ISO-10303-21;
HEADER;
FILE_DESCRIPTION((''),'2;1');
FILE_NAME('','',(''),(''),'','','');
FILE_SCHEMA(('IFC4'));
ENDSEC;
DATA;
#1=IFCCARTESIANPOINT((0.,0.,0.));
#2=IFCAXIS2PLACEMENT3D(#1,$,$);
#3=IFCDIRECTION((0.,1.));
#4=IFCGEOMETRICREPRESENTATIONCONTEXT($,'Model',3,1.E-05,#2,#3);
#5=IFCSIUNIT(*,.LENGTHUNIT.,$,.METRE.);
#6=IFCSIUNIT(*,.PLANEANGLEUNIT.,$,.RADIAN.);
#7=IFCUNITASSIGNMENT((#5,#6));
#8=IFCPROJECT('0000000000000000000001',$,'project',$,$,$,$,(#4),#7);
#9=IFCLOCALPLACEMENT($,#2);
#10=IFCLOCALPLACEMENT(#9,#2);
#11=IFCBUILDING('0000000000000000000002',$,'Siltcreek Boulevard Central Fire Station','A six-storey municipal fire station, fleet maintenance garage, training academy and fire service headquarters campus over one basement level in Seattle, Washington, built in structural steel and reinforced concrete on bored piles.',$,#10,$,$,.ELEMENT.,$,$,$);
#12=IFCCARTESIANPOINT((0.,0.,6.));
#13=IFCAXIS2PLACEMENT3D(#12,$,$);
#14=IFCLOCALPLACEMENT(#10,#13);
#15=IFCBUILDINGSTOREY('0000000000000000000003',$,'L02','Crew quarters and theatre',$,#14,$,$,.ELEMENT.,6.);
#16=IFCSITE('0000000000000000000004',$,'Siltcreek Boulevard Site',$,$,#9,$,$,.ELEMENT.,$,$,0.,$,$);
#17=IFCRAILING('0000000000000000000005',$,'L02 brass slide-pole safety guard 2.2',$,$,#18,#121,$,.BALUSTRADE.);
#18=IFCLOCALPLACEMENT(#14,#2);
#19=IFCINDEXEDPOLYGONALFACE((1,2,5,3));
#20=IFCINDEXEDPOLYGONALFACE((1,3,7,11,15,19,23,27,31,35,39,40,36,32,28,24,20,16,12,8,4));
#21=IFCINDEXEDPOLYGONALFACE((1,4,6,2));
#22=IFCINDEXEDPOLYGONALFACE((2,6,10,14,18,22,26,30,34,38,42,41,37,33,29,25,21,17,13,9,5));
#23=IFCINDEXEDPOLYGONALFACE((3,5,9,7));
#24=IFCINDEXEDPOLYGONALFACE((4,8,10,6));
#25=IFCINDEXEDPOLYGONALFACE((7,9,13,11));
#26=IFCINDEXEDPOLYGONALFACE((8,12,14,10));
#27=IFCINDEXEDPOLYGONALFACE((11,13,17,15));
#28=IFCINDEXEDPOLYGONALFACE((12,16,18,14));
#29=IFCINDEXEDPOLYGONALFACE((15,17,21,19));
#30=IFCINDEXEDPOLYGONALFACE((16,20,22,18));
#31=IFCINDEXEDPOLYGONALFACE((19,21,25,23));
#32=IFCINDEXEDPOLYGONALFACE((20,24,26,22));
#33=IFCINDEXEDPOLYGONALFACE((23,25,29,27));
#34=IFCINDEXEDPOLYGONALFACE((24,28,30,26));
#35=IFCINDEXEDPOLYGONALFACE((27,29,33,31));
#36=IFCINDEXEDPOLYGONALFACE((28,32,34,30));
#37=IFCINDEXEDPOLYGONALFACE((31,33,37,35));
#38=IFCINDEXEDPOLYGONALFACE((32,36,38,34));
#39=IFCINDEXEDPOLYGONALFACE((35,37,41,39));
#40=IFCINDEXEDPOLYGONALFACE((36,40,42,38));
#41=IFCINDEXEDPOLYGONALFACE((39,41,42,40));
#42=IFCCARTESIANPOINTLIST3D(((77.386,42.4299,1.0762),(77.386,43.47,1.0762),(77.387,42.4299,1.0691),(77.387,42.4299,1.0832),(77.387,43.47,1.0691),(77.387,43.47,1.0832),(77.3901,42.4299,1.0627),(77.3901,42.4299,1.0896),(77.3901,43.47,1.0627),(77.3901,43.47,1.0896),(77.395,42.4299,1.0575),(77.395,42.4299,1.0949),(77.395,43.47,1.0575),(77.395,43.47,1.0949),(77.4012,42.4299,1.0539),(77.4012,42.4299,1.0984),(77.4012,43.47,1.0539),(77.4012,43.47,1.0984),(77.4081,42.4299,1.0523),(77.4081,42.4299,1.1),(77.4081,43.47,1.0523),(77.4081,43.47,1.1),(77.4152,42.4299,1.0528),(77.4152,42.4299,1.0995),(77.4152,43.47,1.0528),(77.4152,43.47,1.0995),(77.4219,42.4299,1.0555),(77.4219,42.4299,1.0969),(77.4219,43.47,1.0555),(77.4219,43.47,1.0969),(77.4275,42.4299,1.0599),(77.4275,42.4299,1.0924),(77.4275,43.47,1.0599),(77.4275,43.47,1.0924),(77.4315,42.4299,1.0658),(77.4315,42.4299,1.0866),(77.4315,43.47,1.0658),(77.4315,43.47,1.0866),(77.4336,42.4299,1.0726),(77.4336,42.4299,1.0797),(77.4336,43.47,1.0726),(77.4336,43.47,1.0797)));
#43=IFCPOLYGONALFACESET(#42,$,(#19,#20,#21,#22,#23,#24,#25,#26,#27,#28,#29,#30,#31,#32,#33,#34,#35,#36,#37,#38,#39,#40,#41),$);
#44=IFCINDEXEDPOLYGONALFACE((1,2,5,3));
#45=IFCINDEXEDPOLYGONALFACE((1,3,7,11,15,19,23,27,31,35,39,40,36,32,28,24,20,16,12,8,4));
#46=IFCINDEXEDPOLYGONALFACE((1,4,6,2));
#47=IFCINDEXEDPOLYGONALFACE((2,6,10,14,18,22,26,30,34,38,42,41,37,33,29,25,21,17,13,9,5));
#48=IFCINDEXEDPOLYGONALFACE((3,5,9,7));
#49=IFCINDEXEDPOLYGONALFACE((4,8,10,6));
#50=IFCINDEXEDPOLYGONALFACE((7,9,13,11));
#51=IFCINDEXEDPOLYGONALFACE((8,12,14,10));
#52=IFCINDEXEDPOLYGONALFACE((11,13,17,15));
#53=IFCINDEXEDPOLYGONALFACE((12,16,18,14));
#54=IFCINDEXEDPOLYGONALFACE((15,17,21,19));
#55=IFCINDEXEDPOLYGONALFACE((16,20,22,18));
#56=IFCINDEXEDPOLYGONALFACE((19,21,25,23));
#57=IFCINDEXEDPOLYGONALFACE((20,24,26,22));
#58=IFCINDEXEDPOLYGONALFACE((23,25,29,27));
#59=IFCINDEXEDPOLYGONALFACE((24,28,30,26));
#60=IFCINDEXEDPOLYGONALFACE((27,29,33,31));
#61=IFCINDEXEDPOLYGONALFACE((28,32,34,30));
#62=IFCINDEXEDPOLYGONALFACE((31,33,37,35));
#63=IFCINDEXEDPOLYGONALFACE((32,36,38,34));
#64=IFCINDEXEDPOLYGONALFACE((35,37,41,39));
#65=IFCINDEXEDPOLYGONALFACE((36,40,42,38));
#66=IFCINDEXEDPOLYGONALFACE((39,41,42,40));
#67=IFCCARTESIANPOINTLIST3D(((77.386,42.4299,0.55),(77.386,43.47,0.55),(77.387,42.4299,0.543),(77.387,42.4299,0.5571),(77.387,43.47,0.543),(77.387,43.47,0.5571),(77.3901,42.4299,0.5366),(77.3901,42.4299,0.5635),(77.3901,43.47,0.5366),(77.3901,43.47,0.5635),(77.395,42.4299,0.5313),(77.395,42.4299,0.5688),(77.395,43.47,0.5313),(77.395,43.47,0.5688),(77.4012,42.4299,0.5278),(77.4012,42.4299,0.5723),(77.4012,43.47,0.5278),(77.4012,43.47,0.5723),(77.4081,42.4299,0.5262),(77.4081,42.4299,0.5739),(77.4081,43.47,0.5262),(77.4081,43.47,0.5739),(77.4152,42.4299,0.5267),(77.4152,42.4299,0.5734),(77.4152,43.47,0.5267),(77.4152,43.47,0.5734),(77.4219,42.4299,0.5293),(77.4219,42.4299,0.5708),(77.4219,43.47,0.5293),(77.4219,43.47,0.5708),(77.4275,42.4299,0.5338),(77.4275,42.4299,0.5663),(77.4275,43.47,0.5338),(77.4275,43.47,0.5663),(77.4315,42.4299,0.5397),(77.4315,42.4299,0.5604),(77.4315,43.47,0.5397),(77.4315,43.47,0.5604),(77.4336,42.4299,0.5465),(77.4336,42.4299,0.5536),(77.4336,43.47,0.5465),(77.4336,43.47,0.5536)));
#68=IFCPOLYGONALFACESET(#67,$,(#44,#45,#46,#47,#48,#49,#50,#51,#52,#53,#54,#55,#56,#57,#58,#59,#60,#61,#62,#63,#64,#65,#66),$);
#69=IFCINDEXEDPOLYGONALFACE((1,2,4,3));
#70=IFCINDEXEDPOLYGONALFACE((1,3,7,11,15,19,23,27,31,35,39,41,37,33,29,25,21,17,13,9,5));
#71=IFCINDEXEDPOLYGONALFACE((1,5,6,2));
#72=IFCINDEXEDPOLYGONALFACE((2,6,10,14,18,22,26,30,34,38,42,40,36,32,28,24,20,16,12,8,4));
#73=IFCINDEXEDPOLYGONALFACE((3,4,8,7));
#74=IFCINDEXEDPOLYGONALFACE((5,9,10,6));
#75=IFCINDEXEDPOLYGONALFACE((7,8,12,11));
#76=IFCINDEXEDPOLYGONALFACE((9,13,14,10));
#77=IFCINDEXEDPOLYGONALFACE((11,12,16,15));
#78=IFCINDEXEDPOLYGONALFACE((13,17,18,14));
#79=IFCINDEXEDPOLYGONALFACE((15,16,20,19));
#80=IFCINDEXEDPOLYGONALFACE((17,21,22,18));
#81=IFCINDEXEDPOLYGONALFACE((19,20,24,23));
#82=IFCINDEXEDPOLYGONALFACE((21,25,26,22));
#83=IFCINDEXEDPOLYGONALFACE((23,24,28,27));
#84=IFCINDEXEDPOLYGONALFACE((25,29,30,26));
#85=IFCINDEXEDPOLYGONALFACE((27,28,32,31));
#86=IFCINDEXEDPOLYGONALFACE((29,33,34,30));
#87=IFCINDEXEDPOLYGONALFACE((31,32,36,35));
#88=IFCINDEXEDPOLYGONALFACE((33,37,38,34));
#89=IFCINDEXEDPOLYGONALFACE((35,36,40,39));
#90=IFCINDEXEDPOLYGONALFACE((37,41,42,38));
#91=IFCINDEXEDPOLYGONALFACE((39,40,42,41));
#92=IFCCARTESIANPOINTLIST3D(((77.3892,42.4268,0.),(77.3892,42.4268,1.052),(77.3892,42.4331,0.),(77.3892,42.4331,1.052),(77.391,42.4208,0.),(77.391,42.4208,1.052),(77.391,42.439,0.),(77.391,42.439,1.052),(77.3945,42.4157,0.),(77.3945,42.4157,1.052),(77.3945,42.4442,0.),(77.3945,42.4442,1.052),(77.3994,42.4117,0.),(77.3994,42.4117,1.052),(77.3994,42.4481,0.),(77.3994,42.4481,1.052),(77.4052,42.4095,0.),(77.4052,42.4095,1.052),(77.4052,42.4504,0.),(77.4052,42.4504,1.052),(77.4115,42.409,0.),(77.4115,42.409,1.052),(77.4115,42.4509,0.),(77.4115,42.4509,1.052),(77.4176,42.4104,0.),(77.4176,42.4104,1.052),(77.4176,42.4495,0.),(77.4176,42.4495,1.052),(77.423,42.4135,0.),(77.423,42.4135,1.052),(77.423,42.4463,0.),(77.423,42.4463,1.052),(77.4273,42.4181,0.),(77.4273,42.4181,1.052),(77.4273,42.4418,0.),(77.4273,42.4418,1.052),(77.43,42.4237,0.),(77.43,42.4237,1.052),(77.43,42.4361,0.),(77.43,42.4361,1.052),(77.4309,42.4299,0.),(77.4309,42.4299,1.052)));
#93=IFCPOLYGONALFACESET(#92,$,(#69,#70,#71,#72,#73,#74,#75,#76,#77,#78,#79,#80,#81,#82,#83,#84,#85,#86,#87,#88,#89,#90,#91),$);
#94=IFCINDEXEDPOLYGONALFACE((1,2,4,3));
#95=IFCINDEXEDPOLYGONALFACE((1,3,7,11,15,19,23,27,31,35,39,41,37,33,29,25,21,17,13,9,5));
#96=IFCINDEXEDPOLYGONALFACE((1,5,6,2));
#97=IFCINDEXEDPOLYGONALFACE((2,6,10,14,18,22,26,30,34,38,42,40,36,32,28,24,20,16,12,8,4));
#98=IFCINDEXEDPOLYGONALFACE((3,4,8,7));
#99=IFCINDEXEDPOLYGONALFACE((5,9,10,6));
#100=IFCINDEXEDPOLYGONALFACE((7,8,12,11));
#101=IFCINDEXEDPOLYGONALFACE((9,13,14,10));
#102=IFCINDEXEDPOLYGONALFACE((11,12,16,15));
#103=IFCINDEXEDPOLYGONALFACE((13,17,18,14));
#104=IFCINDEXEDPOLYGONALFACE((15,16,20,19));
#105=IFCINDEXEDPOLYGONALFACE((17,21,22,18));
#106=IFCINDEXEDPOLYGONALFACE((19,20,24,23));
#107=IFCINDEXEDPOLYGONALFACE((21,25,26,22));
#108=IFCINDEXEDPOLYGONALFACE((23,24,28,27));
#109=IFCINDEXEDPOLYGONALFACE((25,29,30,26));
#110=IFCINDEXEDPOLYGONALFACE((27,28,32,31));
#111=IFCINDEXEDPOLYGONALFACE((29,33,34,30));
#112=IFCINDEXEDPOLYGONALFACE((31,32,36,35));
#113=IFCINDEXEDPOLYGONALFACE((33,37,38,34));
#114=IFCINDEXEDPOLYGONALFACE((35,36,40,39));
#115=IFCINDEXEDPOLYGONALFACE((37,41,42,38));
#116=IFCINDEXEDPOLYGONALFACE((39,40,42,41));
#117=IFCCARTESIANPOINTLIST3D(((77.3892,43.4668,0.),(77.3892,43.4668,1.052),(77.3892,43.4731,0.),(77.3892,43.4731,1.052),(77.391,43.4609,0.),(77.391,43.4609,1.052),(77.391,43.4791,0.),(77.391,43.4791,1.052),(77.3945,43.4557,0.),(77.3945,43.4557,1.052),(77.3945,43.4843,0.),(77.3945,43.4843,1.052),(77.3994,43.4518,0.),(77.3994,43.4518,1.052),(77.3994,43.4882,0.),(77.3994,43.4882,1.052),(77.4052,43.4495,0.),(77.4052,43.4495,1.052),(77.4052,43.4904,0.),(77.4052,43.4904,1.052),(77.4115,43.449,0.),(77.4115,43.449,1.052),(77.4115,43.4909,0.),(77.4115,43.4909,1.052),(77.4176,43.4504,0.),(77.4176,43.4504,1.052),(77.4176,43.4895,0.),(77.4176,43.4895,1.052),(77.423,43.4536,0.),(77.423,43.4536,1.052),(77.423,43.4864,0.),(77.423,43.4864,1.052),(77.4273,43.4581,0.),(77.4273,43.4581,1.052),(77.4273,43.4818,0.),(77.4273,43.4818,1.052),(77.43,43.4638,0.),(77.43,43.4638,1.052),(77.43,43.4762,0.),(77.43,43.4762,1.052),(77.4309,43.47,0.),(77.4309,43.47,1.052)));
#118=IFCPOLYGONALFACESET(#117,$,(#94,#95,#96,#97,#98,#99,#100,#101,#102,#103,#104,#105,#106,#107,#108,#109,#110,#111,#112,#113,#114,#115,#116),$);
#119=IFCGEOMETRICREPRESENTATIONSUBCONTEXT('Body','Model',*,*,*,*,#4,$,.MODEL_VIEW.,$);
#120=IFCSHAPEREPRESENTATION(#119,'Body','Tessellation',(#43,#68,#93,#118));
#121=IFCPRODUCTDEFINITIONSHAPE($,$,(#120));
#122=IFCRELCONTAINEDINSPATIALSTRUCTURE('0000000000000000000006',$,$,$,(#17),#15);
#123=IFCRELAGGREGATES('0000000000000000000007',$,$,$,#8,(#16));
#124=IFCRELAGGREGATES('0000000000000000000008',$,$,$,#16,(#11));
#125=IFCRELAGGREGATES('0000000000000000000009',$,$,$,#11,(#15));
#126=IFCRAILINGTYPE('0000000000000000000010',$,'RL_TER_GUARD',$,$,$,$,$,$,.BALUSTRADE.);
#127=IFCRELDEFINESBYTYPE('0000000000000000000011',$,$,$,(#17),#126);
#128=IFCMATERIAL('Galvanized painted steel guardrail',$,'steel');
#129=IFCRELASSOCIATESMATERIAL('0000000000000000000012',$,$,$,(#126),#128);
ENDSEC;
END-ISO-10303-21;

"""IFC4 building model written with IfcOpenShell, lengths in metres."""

from ifc_helpers import new_model, si_unit, direction, frame, origin, origin_2d, place, context, subcontext, project, spatial, circle, extrude, material, type_object, element, save


model = new_model("IFC4")

# Units and contexts
model_context = context("Model", 3, precision=1e-05, world=origin(), true_north=direction((0.0, 1.0)))
body_context = subcontext(model_context, "Body", "Model", "MODEL_VIEW")
ifc_project = project(units=[si_unit("LENGTHUNIT", "METRE"), si_unit("PLANEANGLEUNIT", "RADIAN")], contexts=[model_context])

# Site, building, storey
site_placement = place(None, origin())
site = spatial("IfcSite", under=ifc_project, at=site_placement, Name="Siltcreek Boulevard Site", CompositionType="ELEMENT", RefElevation=0.0)
building_placement = place(site_placement, origin())
building = spatial("IfcBuilding", under=site, at=building_placement, Name="Siltcreek Boulevard Central Fire Station", Description="A six-storey municipal fire station, fleet maintenance garage, training academy and fire service headquarters campus over one basement level in Seattle, Washington, built in structural steel and reinforced concrete on bored piles.", CompositionType="ELEMENT")
storey_placement = place(building_placement, frame((0.0, 0.0, 6.0)))
storey = spatial("IfcBuildingStorey", under=building, at=storey_placement, Name="L02", Description="Crew quarters and theatre", CompositionType="ELEMENT", Elevation=6.0)

# Railing
ifc_material_1 = material(Name="Galvanized painted steel guardrail", Category="steel")
railing_type = type_object("IfcRailingType", Name="RL_TER_GUARD", PredefinedType="BALUSTRADE", material=ifc_material_1)
railing_1_placement = place(storey_placement, frame((77.4099, 42.4299, 0.0)))
element("IfcRailing", 1, at=railing_1_placement, inside=storey, type_object=railing_type, Name="L02 brass slide-pole safety guard 2.2", PredefinedType="BALUSTRADE", context=body_context, shape_type="SweptSolid", body=[
    extrude(circle(Radius=0.0239, at=origin_2d()), frame((0.0, 0.0, 1.0762), z_axis=(0.0, 1.0, 0.0), x_axis=(-1.0, 0.0, 0.0)), (0.0, 0.0, 1.0), 1.04),
    extrude(circle(Radius=0.0239, at=origin_2d()), frame((0.0, 0.0, 0.55), z_axis=(0.0, 1.0, 0.0), x_axis=(-1.0, 0.0, 0.0)), (0.0, 0.0, 1.0), 1.04),
    extrude(circle(Radius=0.021, at=origin_2d()), origin(), (0.0, 0.0, 1.0), 1.052),
    extrude(circle(Radius=0.021, at=origin_2d()), frame((0.0, 1.04, 0.0)), (0.0, 0.0, 1.0), 1.052),
])

save(model, "model.ifc")
